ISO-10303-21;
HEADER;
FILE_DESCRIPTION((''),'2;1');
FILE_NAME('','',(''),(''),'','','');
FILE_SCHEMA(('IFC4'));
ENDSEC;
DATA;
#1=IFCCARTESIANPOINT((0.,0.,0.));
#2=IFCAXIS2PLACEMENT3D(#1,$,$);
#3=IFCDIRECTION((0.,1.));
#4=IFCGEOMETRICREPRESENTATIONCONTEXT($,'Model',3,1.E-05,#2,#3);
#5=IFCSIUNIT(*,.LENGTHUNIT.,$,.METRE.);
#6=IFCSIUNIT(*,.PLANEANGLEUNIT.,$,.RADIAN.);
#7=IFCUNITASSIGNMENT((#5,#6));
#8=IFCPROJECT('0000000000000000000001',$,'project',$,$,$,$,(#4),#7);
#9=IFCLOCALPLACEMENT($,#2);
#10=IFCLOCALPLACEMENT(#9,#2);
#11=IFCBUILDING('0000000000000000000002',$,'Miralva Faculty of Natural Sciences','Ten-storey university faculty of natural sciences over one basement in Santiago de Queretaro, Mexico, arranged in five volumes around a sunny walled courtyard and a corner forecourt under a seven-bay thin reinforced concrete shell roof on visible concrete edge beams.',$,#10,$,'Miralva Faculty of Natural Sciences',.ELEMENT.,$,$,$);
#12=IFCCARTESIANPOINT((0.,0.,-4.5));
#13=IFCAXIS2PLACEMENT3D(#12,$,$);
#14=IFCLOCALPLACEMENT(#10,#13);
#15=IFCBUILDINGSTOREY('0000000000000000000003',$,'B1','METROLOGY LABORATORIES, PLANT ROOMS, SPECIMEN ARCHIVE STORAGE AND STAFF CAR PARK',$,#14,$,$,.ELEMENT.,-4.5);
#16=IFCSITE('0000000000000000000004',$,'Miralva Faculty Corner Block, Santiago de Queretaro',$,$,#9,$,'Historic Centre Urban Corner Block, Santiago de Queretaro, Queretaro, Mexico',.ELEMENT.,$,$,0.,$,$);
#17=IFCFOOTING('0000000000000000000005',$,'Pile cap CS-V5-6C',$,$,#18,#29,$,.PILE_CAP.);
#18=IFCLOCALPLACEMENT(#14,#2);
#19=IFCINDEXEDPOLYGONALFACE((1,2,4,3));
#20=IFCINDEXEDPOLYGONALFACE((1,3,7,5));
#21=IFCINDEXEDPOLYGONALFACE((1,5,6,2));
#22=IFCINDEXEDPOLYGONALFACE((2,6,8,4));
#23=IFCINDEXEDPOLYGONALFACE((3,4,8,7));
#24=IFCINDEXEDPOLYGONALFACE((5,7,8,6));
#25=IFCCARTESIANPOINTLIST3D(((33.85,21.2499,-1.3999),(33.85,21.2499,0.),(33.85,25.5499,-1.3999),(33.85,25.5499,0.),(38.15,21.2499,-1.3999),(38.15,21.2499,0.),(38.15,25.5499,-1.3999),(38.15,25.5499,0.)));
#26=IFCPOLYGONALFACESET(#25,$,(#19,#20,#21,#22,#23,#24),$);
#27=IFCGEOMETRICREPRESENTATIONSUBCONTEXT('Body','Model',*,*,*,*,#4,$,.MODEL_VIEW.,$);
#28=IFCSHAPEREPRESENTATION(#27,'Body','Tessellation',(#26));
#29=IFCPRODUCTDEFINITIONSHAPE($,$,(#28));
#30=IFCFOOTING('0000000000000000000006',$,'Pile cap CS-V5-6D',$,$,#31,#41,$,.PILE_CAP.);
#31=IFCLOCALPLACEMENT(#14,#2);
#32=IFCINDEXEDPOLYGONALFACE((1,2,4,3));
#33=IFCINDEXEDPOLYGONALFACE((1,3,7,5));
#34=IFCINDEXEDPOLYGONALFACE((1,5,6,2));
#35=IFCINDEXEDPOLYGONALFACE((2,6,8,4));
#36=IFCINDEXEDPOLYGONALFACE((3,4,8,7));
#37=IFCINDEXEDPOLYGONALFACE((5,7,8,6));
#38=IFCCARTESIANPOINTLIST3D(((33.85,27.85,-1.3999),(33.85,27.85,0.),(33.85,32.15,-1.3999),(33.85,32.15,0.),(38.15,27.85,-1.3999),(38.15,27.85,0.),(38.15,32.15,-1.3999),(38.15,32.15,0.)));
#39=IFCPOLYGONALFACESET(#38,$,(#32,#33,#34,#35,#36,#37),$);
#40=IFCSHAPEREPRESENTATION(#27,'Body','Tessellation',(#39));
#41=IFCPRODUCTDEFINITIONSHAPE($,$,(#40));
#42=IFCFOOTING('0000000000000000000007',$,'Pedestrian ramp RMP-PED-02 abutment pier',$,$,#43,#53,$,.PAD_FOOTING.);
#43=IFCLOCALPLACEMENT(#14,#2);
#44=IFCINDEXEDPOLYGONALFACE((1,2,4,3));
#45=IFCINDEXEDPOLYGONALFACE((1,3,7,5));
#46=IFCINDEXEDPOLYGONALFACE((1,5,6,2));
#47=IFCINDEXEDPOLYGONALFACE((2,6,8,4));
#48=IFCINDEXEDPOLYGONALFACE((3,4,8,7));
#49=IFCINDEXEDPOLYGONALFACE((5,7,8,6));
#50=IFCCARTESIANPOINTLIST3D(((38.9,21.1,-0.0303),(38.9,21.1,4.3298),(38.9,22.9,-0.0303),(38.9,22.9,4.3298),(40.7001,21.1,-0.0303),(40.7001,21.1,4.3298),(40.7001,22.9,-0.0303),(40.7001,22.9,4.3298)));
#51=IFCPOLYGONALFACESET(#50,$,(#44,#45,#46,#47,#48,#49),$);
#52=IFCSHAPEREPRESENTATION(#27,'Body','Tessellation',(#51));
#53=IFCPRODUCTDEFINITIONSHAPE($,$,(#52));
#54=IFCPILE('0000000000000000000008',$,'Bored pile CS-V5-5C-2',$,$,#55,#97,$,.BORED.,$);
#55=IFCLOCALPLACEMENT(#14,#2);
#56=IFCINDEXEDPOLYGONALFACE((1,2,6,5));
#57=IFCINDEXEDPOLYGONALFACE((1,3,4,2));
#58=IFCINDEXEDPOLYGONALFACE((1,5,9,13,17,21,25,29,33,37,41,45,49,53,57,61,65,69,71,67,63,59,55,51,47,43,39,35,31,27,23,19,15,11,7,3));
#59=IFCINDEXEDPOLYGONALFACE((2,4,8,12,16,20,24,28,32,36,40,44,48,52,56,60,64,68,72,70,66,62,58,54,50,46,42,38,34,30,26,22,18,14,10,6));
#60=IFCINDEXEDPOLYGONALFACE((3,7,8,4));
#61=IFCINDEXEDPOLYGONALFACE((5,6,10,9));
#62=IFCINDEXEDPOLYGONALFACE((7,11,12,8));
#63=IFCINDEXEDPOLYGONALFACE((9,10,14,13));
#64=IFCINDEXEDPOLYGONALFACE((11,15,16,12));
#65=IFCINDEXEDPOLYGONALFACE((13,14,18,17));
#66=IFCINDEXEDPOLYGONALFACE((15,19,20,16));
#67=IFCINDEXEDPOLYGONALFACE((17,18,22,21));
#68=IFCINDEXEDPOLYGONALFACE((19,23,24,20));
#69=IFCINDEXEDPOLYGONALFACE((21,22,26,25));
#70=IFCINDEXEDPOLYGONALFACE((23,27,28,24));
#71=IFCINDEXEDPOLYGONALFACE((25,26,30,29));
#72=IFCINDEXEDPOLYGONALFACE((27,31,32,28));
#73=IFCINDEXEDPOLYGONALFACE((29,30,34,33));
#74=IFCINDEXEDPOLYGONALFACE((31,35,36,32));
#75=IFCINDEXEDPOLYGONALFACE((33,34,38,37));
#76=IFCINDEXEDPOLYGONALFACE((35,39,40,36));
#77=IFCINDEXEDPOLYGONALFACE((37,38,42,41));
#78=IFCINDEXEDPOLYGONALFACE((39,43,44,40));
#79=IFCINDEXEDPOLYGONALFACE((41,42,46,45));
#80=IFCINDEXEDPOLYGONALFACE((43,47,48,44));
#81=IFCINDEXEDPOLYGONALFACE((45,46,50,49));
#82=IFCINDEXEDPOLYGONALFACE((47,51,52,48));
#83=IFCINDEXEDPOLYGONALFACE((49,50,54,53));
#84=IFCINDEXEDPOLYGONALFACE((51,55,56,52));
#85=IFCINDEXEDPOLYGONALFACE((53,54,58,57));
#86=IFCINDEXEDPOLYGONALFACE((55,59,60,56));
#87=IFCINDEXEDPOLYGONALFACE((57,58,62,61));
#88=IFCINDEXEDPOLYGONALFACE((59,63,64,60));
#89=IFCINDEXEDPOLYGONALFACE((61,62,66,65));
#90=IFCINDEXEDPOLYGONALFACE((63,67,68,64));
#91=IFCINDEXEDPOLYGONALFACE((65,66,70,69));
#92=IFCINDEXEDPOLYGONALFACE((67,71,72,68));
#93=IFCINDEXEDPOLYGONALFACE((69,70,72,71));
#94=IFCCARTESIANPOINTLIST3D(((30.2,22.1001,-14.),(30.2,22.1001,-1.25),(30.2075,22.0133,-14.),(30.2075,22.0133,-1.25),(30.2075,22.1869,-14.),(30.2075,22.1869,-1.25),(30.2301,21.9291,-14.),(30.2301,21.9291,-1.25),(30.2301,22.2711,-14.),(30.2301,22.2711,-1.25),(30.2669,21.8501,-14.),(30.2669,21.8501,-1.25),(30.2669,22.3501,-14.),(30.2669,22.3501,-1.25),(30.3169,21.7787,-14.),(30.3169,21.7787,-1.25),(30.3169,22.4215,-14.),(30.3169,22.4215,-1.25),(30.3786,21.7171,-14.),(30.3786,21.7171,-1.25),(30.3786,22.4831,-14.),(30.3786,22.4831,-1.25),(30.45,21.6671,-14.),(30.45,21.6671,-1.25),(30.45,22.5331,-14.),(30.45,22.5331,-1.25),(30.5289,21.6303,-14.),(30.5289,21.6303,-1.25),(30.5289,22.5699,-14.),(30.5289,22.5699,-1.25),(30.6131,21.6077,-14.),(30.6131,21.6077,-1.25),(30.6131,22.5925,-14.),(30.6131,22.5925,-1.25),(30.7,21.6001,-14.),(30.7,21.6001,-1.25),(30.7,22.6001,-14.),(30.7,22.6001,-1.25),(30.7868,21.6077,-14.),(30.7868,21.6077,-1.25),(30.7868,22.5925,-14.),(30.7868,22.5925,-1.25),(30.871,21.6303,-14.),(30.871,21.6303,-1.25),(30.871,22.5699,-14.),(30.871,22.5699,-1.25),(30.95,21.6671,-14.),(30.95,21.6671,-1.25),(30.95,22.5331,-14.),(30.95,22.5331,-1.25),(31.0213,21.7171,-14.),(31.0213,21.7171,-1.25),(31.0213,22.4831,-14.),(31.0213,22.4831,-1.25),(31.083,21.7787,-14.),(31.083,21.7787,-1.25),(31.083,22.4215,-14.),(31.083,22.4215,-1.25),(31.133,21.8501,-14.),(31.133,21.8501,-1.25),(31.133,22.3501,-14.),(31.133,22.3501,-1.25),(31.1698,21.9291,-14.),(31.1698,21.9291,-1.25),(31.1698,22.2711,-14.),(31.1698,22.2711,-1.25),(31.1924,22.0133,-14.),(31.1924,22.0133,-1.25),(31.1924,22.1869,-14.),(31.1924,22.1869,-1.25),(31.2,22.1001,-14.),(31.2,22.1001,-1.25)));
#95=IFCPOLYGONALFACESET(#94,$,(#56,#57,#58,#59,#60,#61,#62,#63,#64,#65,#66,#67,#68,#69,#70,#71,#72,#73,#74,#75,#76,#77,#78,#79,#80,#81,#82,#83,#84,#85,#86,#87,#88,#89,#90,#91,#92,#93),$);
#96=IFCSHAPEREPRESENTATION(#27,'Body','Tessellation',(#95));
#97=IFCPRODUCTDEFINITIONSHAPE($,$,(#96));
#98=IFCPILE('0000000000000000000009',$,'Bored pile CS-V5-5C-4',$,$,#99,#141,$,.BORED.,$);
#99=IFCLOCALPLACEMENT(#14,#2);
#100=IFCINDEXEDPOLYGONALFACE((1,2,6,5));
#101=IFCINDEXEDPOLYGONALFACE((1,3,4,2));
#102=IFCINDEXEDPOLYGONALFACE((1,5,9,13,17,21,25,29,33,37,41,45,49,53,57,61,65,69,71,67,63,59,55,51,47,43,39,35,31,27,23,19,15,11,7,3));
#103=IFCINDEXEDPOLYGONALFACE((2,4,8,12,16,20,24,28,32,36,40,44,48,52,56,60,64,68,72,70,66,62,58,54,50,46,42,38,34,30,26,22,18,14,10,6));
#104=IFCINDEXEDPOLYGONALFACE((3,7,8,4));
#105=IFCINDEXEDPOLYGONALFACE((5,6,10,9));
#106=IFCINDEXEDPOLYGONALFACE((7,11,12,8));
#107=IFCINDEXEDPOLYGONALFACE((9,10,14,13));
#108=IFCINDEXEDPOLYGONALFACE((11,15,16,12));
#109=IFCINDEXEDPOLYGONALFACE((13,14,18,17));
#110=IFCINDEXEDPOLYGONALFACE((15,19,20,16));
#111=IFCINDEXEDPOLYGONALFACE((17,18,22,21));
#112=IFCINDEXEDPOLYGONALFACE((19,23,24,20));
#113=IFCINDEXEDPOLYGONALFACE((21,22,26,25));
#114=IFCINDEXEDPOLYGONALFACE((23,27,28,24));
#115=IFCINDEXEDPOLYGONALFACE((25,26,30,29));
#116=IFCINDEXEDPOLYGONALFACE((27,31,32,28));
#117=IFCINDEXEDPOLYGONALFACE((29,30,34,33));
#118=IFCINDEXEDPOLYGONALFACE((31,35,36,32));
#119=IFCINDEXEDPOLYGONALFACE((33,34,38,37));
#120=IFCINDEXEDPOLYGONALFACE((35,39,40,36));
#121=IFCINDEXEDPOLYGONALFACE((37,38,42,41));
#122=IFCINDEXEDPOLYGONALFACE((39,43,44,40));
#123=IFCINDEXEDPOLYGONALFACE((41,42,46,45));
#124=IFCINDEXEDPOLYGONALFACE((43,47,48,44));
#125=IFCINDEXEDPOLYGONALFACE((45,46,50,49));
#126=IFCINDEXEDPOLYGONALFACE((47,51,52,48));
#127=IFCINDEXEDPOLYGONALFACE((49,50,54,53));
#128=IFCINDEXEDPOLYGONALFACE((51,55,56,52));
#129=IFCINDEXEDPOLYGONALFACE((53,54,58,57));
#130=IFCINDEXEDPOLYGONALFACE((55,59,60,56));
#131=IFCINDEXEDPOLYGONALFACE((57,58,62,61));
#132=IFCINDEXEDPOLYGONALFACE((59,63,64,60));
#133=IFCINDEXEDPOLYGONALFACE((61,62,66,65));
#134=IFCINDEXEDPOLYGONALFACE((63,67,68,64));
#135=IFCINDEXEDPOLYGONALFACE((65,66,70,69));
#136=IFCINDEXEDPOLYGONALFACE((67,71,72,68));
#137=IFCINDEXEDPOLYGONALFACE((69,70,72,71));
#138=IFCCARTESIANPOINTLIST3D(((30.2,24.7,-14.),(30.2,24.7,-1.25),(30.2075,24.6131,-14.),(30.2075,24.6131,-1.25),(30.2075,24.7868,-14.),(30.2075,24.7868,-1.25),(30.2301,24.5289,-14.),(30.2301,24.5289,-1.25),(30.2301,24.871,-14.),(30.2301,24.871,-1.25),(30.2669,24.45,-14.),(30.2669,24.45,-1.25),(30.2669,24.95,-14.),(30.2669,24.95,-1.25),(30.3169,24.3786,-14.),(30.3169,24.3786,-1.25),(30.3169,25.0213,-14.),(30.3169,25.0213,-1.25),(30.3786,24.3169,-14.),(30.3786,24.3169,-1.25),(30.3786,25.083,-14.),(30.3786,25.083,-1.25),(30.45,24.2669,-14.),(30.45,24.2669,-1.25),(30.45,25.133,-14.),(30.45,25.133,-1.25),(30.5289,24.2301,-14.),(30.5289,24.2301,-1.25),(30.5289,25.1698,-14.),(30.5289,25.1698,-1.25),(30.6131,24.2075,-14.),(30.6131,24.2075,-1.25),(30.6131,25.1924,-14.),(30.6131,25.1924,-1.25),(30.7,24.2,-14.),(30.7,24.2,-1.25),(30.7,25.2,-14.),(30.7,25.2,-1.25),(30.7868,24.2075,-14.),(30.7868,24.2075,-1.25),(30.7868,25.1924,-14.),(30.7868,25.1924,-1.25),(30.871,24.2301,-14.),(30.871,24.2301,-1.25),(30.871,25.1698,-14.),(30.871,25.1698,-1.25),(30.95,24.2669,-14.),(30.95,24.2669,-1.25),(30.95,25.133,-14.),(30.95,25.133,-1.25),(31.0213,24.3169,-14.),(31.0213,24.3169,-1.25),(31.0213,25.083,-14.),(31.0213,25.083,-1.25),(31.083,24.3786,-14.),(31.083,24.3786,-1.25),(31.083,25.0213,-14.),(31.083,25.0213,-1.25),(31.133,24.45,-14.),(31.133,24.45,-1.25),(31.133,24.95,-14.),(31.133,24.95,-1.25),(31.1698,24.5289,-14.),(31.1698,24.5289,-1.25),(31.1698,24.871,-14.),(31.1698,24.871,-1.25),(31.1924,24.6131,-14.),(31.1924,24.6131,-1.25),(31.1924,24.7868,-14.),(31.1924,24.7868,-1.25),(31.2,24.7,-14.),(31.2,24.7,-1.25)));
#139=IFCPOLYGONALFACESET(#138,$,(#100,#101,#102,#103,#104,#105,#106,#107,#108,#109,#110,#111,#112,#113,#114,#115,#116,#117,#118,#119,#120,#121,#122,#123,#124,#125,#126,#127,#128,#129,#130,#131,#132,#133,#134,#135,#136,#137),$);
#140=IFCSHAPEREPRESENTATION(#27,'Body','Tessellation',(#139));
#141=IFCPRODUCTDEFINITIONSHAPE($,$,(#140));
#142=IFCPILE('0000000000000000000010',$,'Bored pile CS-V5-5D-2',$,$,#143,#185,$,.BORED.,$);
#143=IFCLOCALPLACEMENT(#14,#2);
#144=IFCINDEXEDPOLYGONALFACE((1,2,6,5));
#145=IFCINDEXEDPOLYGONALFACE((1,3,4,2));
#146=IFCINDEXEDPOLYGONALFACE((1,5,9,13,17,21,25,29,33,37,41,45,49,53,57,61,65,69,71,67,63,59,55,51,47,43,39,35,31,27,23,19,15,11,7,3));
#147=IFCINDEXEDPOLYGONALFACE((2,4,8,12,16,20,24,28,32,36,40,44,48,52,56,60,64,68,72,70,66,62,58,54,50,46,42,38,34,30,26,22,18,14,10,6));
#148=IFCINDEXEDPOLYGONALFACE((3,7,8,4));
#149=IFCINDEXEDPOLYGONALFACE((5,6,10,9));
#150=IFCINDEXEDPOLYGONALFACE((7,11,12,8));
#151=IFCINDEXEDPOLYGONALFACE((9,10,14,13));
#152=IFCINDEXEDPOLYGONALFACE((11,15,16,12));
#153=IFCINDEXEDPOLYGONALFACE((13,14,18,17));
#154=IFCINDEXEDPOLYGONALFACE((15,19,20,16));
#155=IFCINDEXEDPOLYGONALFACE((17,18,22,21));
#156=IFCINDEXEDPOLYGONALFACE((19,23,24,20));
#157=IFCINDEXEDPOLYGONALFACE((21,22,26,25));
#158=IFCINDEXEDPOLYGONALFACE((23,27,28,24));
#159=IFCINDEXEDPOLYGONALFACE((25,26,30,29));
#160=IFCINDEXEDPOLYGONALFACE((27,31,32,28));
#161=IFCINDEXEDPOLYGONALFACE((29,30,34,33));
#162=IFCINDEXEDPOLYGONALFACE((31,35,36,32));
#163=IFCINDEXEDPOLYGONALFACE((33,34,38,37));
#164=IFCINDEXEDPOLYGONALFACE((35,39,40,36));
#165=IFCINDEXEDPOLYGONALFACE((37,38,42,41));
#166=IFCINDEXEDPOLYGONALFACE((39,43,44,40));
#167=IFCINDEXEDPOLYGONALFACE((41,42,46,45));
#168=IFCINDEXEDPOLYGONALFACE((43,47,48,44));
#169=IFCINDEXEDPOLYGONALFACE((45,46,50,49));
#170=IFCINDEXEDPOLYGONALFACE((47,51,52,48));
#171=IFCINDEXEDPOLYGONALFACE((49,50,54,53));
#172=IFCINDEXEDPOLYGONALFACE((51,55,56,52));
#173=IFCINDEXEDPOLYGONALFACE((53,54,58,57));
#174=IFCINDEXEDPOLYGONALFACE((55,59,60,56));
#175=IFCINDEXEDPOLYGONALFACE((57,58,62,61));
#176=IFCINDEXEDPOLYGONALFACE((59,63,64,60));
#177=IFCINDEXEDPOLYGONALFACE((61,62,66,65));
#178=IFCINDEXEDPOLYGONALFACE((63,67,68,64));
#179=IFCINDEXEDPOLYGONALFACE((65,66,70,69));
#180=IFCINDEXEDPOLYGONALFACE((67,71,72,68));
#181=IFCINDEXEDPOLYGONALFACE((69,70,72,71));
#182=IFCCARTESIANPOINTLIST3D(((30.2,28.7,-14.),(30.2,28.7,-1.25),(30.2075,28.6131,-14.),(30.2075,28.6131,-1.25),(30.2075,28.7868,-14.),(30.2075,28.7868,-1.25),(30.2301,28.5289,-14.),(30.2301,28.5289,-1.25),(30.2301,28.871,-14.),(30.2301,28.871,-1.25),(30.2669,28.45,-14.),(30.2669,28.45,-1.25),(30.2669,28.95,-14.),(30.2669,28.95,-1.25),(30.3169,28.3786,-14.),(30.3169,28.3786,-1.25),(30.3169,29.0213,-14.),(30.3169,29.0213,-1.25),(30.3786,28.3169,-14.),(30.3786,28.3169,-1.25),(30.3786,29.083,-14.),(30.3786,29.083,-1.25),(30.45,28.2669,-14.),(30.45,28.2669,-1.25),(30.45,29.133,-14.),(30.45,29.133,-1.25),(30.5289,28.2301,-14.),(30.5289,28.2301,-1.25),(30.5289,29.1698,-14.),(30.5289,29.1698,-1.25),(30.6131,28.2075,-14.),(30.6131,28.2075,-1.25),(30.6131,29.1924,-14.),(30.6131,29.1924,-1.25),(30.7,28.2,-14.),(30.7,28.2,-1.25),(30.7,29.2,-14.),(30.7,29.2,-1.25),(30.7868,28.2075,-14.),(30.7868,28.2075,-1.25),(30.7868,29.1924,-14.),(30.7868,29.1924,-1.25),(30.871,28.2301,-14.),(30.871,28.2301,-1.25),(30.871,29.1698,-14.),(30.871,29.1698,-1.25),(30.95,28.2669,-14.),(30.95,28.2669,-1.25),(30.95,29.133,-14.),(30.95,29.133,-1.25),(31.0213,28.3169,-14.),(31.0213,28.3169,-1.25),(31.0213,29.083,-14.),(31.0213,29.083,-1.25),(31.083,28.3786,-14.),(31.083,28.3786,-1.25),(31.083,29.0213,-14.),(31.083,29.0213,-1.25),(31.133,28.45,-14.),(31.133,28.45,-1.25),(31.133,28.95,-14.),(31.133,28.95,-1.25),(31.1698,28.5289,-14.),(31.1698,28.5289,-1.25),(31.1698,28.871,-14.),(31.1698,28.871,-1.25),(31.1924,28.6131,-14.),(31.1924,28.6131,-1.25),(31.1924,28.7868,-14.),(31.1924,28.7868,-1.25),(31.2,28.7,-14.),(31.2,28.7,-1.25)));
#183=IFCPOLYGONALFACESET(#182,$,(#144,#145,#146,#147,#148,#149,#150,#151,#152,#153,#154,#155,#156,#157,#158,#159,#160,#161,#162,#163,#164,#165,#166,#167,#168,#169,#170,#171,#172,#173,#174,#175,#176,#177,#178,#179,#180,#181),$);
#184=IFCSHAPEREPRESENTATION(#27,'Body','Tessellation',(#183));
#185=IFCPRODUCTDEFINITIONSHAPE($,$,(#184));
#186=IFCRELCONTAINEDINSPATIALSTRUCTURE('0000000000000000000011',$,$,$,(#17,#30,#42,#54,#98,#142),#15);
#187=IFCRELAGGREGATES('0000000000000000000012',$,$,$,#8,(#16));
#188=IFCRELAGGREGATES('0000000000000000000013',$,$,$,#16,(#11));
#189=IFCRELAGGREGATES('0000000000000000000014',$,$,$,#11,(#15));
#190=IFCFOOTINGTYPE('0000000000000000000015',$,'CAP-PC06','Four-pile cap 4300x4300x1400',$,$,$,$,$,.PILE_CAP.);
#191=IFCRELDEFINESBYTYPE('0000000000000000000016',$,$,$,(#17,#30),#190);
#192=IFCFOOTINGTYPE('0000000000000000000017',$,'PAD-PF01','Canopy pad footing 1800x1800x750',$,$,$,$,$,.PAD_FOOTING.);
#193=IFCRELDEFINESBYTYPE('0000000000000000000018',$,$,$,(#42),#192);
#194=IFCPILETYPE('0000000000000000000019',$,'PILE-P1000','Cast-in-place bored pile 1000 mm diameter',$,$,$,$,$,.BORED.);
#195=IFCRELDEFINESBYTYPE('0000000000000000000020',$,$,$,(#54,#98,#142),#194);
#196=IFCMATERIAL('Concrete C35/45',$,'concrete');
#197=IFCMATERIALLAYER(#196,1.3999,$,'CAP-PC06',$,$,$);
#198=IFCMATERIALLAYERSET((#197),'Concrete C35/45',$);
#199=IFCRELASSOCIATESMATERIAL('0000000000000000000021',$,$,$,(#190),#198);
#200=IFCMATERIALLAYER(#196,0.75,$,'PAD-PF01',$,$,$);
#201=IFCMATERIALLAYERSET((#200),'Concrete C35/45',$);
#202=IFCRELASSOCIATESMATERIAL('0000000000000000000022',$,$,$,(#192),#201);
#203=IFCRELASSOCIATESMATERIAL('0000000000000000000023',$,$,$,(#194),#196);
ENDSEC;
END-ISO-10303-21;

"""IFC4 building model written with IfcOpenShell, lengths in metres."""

from ifc_helpers import new_model, si_unit, direction, frame, origin, origin_2d, place, context, subcontext, project, spatial, rectangle, circle, extrude, material, layer, layer_set, material_profile, profile_set, type_object, element, save


model = new_model("IFC4")

# Units and contexts
model_context = context("Model", 3, precision=1e-05, world=origin(), true_north=direction((0.0, 1.0)))
body_context = subcontext(model_context, "Body", "Model", "MODEL_VIEW")
ifc_project = project(units=[si_unit("LENGTHUNIT", "METRE"), si_unit("PLANEANGLEUNIT", "RADIAN")], contexts=[model_context])

# Site, building, storey
site_placement = place(None, origin())
site = spatial("IfcSite", under=ifc_project, at=site_placement, Name="Miralva Faculty Corner Block, Santiago de Queretaro", LongName="Historic Centre Urban Corner Block, Santiago de Queretaro, Queretaro, Mexico", CompositionType="ELEMENT", RefElevation=0.0)
building_placement = place(site_placement, origin())
building = spatial("IfcBuilding", under=site, at=building_placement, Name="Miralva Faculty of Natural Sciences", Description="Ten-storey university faculty of natural sciences over one basement in Santiago de Queretaro, Mexico, arranged in five volumes around a sunny walled courtyard and a corner forecourt under a seven-bay thin reinforced concrete shell roof on visible concrete edge beams.", LongName="Miralva Faculty of Natural Sciences", CompositionType="ELEMENT")
storey_placement = place(building_placement, frame((0.0, 0.0, -4.5)))
storey = spatial("IfcBuildingStorey", under=building, at=storey_placement, Name="B1", Description="METROLOGY LABORATORIES, PLANT ROOMS, SPECIMEN ARCHIVE STORAGE AND STAFF CAR PARK", CompositionType="ELEMENT", Elevation=-4.5)

# Footings
ifc_material_1 = material(Name="Concrete C35/45", Category="concrete")
ifc_layer_1 = layer(ifc_material_1, 1.3999, Name="CAP-PC06")
ifc_layer_set_1 = layer_set([ifc_layer_1], Name="Concrete C35/45")
footing_type_1 = type_object("IfcFootingType", Name="CAP-PC06", Description="Four-pile cap 4300x4300x1400", PredefinedType="PILE_CAP", material=ifc_layer_set_1)
for number, where, z_axis, x_axis, name in (
    (1, (36.0, 23.3999, -1.3999), (0.0, 0.0, 1.0), (1.0, 0.0, 0.0), "Pile cap CS-V5-6C"),
    (2, (36.0, 30.0, -1.3999), (0.0, 0.0, 1.0), (1.0, 0.0, 0.0), "Pile cap CS-V5-6D"),
):
    element("IfcFooting", number, at=place(storey_placement, frame(where, z_axis=z_axis, x_axis=x_axis)), inside=storey, type_object=footing_type_1, Name=name, PredefinedType="PILE_CAP", context=body_context, shape_type="SweptSolid", body=[
        extrude(rectangle(XDim=4.3, YDim=4.3, at=origin_2d()), origin(), (0.0, 0.0, 1.0), 1.3999),
    ])
ifc_layer_2 = layer(ifc_material_1, 0.75, Name="PAD-PF01")
ifc_layer_set_2 = layer_set([ifc_layer_2], Name="Concrete C35/45")
footing_type_2 = type_object("IfcFootingType", Name="PAD-PF01", Description="Canopy pad footing 1800x1800x750", PredefinedType="PAD_FOOTING", material=ifc_layer_set_2)
footing_1_placement = place(storey_placement, frame((39.8, 22.0, -0.0303), z_axis=(0.0, 0.0, 1.0), x_axis=(1.0, 0.0, 0.0)))
element("IfcFooting", 3, at=footing_1_placement, inside=storey, type_object=footing_type_2, Name="Pedestrian ramp RMP-PED-02 abutment pier", PredefinedType="PAD_FOOTING", context=body_context, shape_type="SweptSolid", body=[
    extrude(rectangle(XDim=1.8, YDim=1.8, at=origin_2d()), origin(), (0.0, 0.0, 1.0), 4.3601),
])

# Piles
ifc_material_profile_1 = material_profile(ifc_material_1, circle(Radius=0.5, at=origin_2d()), Name="BORED PILE 1000")
ifc_profile_set_1 = profile_set([ifc_material_profile_1], Name="Concrete C35/45")
pile_type = type_object("IfcPileType", Name="PILE-P1000", Description="Cast-in-place bored pile 1000 mm diameter", PredefinedType="BORED", material=ifc_profile_set_1)
for number, where, z_axis, x_axis, name in (
    (4, (30.7, 22.1001, -1.25), (0.0, 0.0, -1.0), (1.0, 0.0, 0.0), "Bored pile CS-V5-5C-2"),
    (5, (30.7, 24.7, -1.25), (0.0, 0.0, -1.0), (1.0, 0.0, 0.0), "Bored pile CS-V5-5C-4"),
    (6, (30.7, 28.7, -1.25), (0.0, 0.0, -1.0), (1.0, 0.0, 0.0), "Bored pile CS-V5-5D-2"),
):
    element("IfcPile", number, at=place(storey_placement, frame(where, z_axis=z_axis, x_axis=x_axis)), inside=storey, type_object=pile_type, Name=name, PredefinedType="BORED", context=body_context, shape_type="SweptSolid", body=[
        extrude(circle(Radius=0.5, at=origin_2d()), origin(), (0.0, 0.0, 1.0), 12.75),
    ])

save(model, "model.ifc")
